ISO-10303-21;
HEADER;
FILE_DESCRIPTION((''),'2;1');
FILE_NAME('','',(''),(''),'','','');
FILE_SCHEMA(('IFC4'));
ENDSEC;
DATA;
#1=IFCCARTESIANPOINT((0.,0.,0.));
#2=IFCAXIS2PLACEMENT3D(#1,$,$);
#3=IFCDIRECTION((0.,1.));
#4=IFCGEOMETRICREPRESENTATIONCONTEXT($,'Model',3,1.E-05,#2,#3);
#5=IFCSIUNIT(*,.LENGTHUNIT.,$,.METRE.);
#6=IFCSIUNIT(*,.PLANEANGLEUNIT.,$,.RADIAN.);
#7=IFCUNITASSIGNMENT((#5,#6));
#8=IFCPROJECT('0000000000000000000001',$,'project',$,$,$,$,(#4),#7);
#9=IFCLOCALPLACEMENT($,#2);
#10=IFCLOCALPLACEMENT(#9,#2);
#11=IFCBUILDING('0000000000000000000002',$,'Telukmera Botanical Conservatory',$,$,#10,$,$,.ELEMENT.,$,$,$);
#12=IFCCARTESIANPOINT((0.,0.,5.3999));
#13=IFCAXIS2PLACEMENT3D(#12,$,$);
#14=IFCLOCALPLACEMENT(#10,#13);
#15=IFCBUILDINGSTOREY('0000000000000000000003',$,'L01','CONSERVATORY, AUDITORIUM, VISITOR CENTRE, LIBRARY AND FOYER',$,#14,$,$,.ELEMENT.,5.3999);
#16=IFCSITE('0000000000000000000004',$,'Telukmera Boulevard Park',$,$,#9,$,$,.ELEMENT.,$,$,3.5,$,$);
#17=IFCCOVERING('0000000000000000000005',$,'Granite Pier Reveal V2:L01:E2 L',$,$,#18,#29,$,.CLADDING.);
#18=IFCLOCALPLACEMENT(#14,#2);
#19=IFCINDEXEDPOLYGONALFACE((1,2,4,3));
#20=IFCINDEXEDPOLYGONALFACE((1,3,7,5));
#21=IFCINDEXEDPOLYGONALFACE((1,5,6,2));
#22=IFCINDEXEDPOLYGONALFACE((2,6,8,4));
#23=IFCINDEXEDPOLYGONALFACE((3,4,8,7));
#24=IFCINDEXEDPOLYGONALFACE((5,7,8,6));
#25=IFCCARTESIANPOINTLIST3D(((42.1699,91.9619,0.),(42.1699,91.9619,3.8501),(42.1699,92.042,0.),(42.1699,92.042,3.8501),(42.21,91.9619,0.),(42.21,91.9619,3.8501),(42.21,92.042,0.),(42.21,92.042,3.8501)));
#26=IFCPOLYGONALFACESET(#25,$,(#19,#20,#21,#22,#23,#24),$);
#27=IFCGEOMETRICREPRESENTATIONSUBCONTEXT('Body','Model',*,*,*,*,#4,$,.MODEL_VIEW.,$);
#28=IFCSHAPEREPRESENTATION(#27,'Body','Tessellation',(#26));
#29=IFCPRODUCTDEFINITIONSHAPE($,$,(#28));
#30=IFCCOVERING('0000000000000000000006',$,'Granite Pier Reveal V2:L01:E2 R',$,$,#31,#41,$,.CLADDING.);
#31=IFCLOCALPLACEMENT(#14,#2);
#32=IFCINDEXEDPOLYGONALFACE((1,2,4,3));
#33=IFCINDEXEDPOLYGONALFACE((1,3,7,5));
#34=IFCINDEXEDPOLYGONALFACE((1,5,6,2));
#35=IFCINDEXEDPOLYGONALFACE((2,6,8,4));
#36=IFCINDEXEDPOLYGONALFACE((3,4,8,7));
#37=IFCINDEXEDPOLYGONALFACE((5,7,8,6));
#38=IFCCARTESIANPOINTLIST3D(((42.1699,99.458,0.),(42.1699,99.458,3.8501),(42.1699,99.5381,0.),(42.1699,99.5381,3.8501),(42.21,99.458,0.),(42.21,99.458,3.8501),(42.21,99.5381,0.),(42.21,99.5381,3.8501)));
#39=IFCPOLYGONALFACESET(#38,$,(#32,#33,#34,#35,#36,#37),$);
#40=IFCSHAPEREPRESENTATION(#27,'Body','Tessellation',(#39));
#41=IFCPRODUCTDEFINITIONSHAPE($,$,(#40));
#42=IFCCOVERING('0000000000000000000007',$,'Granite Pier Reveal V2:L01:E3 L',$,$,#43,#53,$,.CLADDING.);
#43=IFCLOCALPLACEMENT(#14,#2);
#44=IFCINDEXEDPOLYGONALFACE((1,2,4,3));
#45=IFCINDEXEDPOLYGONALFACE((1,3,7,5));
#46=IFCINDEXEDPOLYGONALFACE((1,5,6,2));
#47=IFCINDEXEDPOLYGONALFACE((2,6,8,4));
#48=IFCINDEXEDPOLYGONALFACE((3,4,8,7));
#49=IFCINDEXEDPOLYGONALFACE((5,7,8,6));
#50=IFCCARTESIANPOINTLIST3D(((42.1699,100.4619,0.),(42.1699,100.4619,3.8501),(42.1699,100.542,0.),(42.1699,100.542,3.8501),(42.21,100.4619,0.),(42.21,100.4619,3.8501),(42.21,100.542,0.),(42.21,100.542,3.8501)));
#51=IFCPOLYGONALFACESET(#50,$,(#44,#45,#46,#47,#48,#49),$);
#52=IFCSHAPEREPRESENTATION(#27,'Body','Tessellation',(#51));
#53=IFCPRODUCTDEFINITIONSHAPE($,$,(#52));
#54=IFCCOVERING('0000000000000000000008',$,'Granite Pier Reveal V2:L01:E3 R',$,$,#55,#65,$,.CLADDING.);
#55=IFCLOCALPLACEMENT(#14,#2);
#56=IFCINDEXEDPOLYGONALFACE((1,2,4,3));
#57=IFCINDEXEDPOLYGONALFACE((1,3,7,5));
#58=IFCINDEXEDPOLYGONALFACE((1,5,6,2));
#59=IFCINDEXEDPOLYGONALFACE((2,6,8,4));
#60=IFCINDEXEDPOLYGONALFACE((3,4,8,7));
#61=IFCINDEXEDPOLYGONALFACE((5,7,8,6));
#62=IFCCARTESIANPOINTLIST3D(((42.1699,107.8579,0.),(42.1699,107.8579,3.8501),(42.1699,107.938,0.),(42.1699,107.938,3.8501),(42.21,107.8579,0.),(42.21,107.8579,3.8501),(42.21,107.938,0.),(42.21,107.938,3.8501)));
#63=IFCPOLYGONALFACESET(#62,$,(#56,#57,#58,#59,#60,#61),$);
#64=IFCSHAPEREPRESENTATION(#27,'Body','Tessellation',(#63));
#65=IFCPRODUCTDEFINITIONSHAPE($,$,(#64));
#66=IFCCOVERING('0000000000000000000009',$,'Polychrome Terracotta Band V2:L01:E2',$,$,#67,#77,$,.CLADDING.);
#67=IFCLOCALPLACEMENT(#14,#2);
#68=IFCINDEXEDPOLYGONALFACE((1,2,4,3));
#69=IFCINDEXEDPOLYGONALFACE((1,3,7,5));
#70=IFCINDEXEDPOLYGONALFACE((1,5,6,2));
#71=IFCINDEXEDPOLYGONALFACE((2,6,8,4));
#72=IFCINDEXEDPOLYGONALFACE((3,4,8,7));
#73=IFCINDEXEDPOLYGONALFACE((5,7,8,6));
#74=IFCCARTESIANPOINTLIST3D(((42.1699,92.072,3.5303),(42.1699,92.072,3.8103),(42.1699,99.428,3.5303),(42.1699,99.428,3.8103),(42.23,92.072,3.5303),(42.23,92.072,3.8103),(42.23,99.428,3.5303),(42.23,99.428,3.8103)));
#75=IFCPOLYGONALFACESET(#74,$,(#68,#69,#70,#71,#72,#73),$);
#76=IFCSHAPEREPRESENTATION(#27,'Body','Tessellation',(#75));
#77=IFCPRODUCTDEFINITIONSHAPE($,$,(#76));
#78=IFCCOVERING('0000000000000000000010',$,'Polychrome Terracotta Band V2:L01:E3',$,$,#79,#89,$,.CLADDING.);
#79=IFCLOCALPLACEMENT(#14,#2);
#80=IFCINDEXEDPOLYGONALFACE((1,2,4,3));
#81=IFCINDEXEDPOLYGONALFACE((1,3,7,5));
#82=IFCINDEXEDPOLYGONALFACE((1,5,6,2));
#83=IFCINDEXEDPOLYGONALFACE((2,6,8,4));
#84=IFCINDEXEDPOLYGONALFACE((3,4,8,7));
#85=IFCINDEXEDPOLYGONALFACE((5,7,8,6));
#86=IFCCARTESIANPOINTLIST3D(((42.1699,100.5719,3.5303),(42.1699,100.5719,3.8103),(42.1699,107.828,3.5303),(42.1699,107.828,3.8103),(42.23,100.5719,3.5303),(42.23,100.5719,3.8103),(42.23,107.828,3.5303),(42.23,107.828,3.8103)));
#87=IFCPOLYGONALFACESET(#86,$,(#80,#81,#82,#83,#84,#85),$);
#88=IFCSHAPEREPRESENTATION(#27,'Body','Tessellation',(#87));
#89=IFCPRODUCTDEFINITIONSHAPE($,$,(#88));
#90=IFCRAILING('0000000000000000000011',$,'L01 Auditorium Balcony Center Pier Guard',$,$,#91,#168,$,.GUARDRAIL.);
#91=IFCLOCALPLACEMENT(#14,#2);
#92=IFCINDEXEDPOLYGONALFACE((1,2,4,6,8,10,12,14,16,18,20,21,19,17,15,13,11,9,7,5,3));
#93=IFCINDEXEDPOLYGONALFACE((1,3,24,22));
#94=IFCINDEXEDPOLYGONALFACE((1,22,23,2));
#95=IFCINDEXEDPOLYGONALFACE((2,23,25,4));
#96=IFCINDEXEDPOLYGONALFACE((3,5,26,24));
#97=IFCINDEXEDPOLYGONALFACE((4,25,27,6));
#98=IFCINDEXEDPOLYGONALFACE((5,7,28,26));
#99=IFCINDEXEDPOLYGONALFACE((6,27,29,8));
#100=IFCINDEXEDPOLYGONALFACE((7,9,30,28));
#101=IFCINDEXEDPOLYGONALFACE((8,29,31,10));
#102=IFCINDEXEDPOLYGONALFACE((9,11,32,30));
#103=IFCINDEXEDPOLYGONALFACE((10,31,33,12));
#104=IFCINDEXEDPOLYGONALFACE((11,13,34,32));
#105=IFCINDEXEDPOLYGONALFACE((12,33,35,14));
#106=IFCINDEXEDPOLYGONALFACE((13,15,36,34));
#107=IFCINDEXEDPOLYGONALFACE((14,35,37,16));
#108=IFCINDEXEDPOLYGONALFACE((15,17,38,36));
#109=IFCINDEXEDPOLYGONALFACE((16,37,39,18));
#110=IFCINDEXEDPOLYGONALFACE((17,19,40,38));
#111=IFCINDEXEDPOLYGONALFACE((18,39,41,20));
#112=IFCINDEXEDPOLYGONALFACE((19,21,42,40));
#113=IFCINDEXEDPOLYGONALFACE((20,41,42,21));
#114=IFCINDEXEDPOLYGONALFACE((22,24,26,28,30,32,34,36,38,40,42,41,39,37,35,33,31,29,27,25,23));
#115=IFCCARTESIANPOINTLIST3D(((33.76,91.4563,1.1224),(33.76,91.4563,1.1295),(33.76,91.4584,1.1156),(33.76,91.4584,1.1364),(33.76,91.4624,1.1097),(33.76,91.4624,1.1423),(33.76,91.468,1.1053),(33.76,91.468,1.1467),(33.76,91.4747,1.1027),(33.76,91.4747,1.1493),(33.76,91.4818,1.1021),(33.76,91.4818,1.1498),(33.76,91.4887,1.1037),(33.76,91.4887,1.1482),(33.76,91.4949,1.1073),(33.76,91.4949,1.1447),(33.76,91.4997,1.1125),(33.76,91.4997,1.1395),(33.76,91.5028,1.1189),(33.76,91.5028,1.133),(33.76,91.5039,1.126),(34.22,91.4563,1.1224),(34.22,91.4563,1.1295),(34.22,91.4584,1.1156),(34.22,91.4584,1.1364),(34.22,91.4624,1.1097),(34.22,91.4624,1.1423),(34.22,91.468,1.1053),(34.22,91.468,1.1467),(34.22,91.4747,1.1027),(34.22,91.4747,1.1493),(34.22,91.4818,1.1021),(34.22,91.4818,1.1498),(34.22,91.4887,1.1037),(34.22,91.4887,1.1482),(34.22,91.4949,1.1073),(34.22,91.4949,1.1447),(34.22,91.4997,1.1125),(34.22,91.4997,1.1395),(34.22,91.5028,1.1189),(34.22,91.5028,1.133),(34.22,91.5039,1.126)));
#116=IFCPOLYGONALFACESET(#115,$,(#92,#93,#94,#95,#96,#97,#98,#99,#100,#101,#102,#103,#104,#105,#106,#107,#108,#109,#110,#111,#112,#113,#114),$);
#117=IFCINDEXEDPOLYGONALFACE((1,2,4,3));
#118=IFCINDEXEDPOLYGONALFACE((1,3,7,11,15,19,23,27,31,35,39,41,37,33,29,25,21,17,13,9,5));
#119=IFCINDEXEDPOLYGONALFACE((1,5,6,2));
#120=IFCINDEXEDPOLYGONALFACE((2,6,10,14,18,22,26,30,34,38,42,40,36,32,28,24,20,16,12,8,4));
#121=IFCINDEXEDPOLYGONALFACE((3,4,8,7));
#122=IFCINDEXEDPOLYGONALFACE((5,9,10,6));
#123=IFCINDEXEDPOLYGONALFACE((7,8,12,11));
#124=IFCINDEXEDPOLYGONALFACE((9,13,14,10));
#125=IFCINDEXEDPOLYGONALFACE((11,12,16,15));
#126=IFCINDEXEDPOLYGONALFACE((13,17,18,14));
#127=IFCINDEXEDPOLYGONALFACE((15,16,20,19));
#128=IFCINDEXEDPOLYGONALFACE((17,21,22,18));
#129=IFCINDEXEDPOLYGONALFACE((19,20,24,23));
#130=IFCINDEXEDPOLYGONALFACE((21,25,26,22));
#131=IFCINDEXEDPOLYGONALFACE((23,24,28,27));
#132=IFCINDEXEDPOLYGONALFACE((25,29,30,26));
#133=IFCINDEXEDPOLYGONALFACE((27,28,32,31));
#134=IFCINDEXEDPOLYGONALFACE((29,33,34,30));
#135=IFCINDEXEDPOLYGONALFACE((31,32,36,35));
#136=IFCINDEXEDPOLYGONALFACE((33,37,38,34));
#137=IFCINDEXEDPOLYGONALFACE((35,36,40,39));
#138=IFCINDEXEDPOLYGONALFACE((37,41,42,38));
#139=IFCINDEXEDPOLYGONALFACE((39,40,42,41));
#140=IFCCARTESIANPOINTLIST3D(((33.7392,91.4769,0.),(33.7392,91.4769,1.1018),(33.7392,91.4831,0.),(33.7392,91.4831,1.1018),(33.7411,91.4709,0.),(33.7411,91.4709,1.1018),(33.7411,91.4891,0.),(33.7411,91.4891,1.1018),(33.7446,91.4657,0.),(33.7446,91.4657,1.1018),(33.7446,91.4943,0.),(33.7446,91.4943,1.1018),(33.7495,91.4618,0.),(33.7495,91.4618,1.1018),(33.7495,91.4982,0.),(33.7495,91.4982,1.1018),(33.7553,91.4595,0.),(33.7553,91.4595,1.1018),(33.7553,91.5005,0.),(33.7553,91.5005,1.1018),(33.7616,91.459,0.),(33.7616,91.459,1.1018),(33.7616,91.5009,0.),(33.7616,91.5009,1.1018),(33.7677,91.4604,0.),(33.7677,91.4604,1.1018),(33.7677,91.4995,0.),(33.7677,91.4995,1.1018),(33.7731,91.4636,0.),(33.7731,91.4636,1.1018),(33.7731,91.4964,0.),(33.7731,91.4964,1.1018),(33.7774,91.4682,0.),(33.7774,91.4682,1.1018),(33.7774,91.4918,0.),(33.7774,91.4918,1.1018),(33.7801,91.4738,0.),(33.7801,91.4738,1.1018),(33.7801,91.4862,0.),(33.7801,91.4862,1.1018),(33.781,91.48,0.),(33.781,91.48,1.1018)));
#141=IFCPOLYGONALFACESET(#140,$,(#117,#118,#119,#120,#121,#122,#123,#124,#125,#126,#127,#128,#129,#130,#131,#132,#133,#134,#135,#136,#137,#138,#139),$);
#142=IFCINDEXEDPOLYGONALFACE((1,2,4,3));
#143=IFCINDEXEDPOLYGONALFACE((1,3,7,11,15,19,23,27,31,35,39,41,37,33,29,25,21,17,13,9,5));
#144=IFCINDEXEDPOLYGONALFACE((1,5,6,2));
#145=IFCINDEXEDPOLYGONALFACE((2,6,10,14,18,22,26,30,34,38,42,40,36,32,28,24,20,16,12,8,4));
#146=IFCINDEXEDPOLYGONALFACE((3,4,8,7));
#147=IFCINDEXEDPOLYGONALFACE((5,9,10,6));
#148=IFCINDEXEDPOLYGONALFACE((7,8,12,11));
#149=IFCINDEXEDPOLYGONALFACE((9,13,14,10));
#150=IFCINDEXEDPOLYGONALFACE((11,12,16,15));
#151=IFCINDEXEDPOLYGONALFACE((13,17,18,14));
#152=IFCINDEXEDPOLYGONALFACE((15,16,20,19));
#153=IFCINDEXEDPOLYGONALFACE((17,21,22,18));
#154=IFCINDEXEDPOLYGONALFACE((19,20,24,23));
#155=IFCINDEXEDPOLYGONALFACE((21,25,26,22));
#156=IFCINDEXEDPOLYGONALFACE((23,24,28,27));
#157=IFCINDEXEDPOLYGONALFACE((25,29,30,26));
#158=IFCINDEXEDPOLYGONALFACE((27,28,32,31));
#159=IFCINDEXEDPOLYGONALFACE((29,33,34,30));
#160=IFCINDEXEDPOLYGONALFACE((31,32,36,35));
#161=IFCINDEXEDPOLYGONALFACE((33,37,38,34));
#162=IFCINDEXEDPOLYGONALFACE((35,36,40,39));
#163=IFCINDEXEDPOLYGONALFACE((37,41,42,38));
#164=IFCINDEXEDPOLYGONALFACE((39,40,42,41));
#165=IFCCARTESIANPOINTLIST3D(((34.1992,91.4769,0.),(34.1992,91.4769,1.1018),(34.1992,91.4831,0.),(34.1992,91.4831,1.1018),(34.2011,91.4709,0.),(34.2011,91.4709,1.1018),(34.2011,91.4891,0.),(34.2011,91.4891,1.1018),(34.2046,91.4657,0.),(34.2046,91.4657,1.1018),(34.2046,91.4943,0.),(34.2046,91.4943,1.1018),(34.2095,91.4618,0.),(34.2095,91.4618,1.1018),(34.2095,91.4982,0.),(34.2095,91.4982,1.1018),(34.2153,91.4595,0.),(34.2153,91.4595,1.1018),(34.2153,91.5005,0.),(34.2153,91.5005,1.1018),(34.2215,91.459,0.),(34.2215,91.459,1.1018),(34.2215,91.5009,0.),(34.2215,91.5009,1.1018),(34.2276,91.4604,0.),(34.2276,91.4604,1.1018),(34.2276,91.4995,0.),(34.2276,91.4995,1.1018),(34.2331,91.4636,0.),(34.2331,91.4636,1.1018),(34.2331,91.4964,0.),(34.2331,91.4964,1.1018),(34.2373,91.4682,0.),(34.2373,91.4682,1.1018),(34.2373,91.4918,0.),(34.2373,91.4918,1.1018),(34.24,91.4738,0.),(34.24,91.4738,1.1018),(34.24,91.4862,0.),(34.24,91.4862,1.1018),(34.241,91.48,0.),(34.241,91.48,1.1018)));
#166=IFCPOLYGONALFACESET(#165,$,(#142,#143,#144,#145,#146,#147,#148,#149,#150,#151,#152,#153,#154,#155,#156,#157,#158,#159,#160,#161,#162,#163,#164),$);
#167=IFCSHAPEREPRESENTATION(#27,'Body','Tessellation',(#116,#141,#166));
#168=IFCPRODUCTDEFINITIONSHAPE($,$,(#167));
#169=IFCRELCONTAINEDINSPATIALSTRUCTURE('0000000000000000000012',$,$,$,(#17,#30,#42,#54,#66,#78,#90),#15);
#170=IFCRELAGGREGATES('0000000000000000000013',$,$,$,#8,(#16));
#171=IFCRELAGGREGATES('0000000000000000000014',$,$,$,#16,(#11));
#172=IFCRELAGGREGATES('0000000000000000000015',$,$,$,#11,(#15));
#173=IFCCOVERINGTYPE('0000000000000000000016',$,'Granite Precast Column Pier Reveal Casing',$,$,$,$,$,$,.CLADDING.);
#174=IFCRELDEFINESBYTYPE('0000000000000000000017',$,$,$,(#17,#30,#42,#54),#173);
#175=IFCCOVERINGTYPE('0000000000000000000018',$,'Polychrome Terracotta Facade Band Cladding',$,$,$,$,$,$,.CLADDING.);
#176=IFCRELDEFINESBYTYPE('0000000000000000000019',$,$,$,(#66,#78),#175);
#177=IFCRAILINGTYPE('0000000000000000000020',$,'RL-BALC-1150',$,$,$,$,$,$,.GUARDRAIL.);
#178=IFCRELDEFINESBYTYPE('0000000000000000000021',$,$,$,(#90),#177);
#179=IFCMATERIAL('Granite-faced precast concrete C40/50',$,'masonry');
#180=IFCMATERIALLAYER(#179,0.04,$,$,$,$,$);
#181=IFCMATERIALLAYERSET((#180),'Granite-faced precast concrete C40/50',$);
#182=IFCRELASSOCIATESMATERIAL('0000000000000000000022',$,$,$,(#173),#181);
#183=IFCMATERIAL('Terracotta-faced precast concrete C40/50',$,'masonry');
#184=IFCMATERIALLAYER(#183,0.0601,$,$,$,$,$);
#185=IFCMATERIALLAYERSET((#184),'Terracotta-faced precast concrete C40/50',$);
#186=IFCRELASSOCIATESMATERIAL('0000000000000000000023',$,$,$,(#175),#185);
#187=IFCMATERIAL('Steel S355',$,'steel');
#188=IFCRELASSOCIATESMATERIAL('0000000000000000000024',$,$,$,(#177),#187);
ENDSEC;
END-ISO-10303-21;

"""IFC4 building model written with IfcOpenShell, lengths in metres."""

from ifc_helpers import new_model, si_unit, direction, frame, origin, origin_2d, place, context, subcontext, project, spatial, rectangle, circle, extrude, material, layer, layer_set, type_object, element, save


model = new_model("IFC4")

# Units and contexts
model_context = context("Model", 3, precision=1e-05, world=origin(), true_north=direction((0.0, 1.0)))
body_context = subcontext(model_context, "Body", "Model", "MODEL_VIEW")
ifc_project = project(units=[si_unit("LENGTHUNIT", "METRE"), si_unit("PLANEANGLEUNIT", "RADIAN")], contexts=[model_context])

# Site, building, storey
site_placement = place(None, origin())
site = spatial("IfcSite", under=ifc_project, at=site_placement, Name="Telukmera Boulevard Park", CompositionType="ELEMENT", RefElevation=3.5)
building_placement = place(site_placement, origin())
building = spatial("IfcBuilding", under=site, at=building_placement, Name="Telukmera Botanical Conservatory", CompositionType="ELEMENT")
storey_placement = place(building_placement, frame((0.0, 0.0, 5.3999)))
storey = spatial("IfcBuildingStorey", under=building, at=storey_placement, Name="L01", Description="CONSERVATORY, AUDITORIUM, VISITOR CENTRE, LIBRARY AND FOYER", CompositionType="ELEMENT", Elevation=5.3999)

# Shared definitions
ifc_material_1 = material(Name="Steel S355", Category="steel")

# Shared definitions
ifc_material_2 = material(Name="Granite-faced precast concrete C40/50", Category="masonry")

# Coverings
ifc_layer_1 = layer(ifc_material_2, 0.04)
ifc_layer_set_1 = layer_set([ifc_layer_1], Name="Granite-faced precast concrete C40/50")
covering_type_1 = type_object("IfcCoveringType", Name="Granite Precast Column Pier Reveal Casing", PredefinedType="CLADDING", material=ifc_layer_set_1)
for number, where, z_axis, x_axis, name in (
    (1, (42.1899, 92.002, 0.0), (0.0, 0.0, 1.0), (0.0, 1.0, 0.0), "Granite Pier Reveal V2:L01:E2 L"),
    (2, (42.1899, 99.498, 0.0), (0.0, 0.0, 1.0), (0.0, 1.0, 0.0), "Granite Pier Reveal V2:L01:E2 R"),
    (3, (42.1899, 100.502, 0.0), (0.0, 0.0, 1.0), (0.0, 1.0, 0.0), "Granite Pier Reveal V2:L01:E3 L"),
    (4, (42.1899, 107.8979, 0.0), (0.0, 0.0, 1.0), (0.0, 1.0, 0.0), "Granite Pier Reveal V2:L01:E3 R"),
):
    element("IfcCovering", number, at=place(storey_placement, frame(where, z_axis=z_axis, x_axis=x_axis)), inside=storey, type_object=covering_type_1, Name=name, PredefinedType="CLADDING", context=body_context, shape_type="SweptSolid", body=[
        extrude(rectangle(XDim=0.0801, YDim=0.04, at=origin_2d()), origin(), (0.0, 0.0, 1.0), 3.8501),
    ])
ifc_material_3 = material(Name="Terracotta-faced precast concrete C40/50", Category="masonry")
ifc_layer_2 = layer(ifc_material_3, 0.0601)
ifc_layer_set_2 = layer_set([ifc_layer_2], Name="Terracotta-faced precast concrete C40/50")
covering_type_2 = type_object("IfcCoveringType", Name="Polychrome Terracotta Facade Band Cladding", PredefinedType="CLADDING", material=ifc_layer_set_2)
covering_1_placement = place(storey_placement, frame((42.2, 95.75, 3.5303), z_axis=(0.0, 0.0, 1.0), x_axis=(0.0, 1.0, 0.0)))
element("IfcCovering", 5, at=covering_1_placement, inside=storey, type_object=covering_type_2, Name="Polychrome Terracotta Band V2:L01:E2", PredefinedType="CLADDING", context=body_context, shape_type="SweptSolid", body=[
    extrude(rectangle(XDim=7.356, YDim=0.0601, at=origin_2d()), origin(), (0.0, 0.0, 1.0), 0.28),
])
covering_2_placement = place(storey_placement, frame((42.2, 104.2, 3.5303), z_axis=(0.0, 0.0, 1.0), x_axis=(0.0, 1.0, 0.0)))
element("IfcCovering", 6, at=covering_2_placement, inside=storey, type_object=covering_type_2, Name="Polychrome Terracotta Band V2:L01:E3", PredefinedType="CLADDING", context=body_context, shape_type="SweptSolid", body=[
    extrude(rectangle(XDim=7.2561, YDim=0.0601, at=origin_2d()), origin(), (0.0, 0.0, 1.0), 0.28),
])

# Railing
railing_type = type_object("IfcRailingType", Name="RL-BALC-1150", PredefinedType="GUARDRAIL", material=ifc_material_1)
railing_1_placement = place(storey_placement, frame((33.76, 91.48, 0.0)))
element("IfcRailing", 7, at=railing_1_placement, inside=storey, type_object=railing_type, Name="L01 Auditorium Balcony Center Pier Guard", PredefinedType="GUARDRAIL", context=body_context, shape_type="SweptSolid", body=[
    extrude(circle(Radius=0.0239, at=origin_2d()), frame((0.0, 0.0, 1.126), z_axis=(1.0, 0.0, 0.0), x_axis=(0.0, 1.0, 0.0)), (0.0, 0.0, 1.0), 0.46),
    extrude(circle(Radius=0.021, at=origin_2d()), origin(), (0.0, 0.0, 1.0), 1.1018),
    extrude(circle(Radius=0.021, at=origin_2d()), frame((0.46, 0.0, 0.0)), (0.0, 0.0, 1.0), 1.1018),
])

save(model, "model.ifc")
